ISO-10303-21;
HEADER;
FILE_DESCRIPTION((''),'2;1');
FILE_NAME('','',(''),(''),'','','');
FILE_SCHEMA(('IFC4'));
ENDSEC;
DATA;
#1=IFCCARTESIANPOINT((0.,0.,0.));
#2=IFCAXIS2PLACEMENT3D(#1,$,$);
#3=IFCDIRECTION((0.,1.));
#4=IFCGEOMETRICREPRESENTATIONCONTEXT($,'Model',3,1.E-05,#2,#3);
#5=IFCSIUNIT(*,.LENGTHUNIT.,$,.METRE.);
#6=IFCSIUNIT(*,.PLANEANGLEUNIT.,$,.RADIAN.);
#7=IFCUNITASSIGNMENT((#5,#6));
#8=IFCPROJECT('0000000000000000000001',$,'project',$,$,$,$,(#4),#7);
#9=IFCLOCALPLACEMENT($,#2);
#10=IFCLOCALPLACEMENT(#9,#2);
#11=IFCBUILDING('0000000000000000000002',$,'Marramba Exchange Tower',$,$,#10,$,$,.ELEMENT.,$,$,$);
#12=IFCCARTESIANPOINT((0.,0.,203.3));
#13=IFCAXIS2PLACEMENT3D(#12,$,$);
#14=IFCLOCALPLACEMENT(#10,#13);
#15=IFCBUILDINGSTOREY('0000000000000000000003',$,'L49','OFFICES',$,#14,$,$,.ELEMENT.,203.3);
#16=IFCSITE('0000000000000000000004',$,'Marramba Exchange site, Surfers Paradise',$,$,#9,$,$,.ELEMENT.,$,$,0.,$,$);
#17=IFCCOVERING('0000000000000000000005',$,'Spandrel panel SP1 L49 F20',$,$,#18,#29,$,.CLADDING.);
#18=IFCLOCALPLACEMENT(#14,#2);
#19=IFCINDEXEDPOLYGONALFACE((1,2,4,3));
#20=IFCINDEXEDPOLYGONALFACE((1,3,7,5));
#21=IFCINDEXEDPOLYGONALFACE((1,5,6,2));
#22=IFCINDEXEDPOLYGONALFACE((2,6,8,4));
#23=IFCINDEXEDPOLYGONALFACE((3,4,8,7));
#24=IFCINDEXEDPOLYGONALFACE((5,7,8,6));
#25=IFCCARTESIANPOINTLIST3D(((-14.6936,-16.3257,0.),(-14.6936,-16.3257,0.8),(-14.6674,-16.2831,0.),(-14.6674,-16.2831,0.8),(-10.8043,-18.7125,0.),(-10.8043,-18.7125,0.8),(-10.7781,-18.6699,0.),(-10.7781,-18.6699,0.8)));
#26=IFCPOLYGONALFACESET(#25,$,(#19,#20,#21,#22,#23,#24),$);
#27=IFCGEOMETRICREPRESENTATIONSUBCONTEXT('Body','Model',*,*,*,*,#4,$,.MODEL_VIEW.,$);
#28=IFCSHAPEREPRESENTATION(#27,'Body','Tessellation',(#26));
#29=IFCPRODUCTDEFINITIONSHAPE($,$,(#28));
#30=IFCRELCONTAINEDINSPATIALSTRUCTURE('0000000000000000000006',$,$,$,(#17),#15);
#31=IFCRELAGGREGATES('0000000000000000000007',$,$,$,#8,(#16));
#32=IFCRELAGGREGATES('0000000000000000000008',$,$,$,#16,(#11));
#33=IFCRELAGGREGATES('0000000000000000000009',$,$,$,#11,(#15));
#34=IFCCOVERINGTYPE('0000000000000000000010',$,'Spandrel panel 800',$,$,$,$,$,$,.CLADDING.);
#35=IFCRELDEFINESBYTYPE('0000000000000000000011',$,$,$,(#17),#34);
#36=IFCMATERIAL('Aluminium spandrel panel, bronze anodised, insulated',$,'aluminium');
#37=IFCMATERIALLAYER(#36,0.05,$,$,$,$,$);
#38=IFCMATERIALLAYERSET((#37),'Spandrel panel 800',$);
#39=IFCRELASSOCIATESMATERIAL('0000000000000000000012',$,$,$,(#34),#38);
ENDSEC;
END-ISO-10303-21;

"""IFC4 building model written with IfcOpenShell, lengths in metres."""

from ifc_helpers import new_model, si_unit, direction, frame, origin, origin_2d, place, context, subcontext, project, spatial, rectangle, extrude, material, layer, layer_set, type_object, element, save


model = new_model("IFC4")

# Units and contexts
model_context = context("Model", 3, precision=1e-05, world=origin(), true_north=direction((0.0, 1.0)))
body_context = subcontext(model_context, "Body", "Model", "MODEL_VIEW")
ifc_project = project(units=[si_unit("LENGTHUNIT", "METRE"), si_unit("PLANEANGLEUNIT", "RADIAN")], contexts=[model_context])

# Site, building, storey
site_placement = place(None, origin())
site = spatial("IfcSite", under=ifc_project, at=site_placement, Name="Marramba Exchange site, Surfers Paradise", CompositionType="ELEMENT", RefElevation=0.0)
building_placement = place(site_placement, origin())
building = spatial("IfcBuilding", under=site, at=building_placement, Name="Marramba Exchange Tower", CompositionType="ELEMENT")
storey_placement = place(building_placement, frame((0.0, 0.0, 203.3)))
storey = spatial("IfcBuildingStorey", under=building, at=storey_placement, Name="L49", Description="OFFICES", CompositionType="ELEMENT", Elevation=203.3)

# Covering
ifc_material_1 = material(Name="Aluminium spandrel panel, bronze anodised, insulated", Category="aluminium")
ifc_layer_1 = layer(ifc_material_1, 0.05)
ifc_layer_set_1 = layer_set([ifc_layer_1], Name="Spandrel panel 800")
covering_type = type_object("IfcCoveringType", Name="Spandrel panel 800", PredefinedType="CLADDING", material=ifc_layer_set_1)
covering_placement = place(storey_placement, frame((-12.7358, -17.4978, 0.0), z_axis=(0.0, 0.0, 1.0), x_axis=(0.852301, -0.523052, 0.0)))
element("IfcCovering", 1, at=covering_placement, inside=storey, type_object=covering_type, Name="Spandrel panel SP1 L49 F20", PredefinedType="CLADDING", context=body_context, shape_type="SweptSolid", body=[
    extrude(rectangle(XDim=4.5632, YDim=0.05, at=origin_2d()), origin(), (0.0, 0.0, 1.0), 0.8),
])

save(model, "model.ifc")
